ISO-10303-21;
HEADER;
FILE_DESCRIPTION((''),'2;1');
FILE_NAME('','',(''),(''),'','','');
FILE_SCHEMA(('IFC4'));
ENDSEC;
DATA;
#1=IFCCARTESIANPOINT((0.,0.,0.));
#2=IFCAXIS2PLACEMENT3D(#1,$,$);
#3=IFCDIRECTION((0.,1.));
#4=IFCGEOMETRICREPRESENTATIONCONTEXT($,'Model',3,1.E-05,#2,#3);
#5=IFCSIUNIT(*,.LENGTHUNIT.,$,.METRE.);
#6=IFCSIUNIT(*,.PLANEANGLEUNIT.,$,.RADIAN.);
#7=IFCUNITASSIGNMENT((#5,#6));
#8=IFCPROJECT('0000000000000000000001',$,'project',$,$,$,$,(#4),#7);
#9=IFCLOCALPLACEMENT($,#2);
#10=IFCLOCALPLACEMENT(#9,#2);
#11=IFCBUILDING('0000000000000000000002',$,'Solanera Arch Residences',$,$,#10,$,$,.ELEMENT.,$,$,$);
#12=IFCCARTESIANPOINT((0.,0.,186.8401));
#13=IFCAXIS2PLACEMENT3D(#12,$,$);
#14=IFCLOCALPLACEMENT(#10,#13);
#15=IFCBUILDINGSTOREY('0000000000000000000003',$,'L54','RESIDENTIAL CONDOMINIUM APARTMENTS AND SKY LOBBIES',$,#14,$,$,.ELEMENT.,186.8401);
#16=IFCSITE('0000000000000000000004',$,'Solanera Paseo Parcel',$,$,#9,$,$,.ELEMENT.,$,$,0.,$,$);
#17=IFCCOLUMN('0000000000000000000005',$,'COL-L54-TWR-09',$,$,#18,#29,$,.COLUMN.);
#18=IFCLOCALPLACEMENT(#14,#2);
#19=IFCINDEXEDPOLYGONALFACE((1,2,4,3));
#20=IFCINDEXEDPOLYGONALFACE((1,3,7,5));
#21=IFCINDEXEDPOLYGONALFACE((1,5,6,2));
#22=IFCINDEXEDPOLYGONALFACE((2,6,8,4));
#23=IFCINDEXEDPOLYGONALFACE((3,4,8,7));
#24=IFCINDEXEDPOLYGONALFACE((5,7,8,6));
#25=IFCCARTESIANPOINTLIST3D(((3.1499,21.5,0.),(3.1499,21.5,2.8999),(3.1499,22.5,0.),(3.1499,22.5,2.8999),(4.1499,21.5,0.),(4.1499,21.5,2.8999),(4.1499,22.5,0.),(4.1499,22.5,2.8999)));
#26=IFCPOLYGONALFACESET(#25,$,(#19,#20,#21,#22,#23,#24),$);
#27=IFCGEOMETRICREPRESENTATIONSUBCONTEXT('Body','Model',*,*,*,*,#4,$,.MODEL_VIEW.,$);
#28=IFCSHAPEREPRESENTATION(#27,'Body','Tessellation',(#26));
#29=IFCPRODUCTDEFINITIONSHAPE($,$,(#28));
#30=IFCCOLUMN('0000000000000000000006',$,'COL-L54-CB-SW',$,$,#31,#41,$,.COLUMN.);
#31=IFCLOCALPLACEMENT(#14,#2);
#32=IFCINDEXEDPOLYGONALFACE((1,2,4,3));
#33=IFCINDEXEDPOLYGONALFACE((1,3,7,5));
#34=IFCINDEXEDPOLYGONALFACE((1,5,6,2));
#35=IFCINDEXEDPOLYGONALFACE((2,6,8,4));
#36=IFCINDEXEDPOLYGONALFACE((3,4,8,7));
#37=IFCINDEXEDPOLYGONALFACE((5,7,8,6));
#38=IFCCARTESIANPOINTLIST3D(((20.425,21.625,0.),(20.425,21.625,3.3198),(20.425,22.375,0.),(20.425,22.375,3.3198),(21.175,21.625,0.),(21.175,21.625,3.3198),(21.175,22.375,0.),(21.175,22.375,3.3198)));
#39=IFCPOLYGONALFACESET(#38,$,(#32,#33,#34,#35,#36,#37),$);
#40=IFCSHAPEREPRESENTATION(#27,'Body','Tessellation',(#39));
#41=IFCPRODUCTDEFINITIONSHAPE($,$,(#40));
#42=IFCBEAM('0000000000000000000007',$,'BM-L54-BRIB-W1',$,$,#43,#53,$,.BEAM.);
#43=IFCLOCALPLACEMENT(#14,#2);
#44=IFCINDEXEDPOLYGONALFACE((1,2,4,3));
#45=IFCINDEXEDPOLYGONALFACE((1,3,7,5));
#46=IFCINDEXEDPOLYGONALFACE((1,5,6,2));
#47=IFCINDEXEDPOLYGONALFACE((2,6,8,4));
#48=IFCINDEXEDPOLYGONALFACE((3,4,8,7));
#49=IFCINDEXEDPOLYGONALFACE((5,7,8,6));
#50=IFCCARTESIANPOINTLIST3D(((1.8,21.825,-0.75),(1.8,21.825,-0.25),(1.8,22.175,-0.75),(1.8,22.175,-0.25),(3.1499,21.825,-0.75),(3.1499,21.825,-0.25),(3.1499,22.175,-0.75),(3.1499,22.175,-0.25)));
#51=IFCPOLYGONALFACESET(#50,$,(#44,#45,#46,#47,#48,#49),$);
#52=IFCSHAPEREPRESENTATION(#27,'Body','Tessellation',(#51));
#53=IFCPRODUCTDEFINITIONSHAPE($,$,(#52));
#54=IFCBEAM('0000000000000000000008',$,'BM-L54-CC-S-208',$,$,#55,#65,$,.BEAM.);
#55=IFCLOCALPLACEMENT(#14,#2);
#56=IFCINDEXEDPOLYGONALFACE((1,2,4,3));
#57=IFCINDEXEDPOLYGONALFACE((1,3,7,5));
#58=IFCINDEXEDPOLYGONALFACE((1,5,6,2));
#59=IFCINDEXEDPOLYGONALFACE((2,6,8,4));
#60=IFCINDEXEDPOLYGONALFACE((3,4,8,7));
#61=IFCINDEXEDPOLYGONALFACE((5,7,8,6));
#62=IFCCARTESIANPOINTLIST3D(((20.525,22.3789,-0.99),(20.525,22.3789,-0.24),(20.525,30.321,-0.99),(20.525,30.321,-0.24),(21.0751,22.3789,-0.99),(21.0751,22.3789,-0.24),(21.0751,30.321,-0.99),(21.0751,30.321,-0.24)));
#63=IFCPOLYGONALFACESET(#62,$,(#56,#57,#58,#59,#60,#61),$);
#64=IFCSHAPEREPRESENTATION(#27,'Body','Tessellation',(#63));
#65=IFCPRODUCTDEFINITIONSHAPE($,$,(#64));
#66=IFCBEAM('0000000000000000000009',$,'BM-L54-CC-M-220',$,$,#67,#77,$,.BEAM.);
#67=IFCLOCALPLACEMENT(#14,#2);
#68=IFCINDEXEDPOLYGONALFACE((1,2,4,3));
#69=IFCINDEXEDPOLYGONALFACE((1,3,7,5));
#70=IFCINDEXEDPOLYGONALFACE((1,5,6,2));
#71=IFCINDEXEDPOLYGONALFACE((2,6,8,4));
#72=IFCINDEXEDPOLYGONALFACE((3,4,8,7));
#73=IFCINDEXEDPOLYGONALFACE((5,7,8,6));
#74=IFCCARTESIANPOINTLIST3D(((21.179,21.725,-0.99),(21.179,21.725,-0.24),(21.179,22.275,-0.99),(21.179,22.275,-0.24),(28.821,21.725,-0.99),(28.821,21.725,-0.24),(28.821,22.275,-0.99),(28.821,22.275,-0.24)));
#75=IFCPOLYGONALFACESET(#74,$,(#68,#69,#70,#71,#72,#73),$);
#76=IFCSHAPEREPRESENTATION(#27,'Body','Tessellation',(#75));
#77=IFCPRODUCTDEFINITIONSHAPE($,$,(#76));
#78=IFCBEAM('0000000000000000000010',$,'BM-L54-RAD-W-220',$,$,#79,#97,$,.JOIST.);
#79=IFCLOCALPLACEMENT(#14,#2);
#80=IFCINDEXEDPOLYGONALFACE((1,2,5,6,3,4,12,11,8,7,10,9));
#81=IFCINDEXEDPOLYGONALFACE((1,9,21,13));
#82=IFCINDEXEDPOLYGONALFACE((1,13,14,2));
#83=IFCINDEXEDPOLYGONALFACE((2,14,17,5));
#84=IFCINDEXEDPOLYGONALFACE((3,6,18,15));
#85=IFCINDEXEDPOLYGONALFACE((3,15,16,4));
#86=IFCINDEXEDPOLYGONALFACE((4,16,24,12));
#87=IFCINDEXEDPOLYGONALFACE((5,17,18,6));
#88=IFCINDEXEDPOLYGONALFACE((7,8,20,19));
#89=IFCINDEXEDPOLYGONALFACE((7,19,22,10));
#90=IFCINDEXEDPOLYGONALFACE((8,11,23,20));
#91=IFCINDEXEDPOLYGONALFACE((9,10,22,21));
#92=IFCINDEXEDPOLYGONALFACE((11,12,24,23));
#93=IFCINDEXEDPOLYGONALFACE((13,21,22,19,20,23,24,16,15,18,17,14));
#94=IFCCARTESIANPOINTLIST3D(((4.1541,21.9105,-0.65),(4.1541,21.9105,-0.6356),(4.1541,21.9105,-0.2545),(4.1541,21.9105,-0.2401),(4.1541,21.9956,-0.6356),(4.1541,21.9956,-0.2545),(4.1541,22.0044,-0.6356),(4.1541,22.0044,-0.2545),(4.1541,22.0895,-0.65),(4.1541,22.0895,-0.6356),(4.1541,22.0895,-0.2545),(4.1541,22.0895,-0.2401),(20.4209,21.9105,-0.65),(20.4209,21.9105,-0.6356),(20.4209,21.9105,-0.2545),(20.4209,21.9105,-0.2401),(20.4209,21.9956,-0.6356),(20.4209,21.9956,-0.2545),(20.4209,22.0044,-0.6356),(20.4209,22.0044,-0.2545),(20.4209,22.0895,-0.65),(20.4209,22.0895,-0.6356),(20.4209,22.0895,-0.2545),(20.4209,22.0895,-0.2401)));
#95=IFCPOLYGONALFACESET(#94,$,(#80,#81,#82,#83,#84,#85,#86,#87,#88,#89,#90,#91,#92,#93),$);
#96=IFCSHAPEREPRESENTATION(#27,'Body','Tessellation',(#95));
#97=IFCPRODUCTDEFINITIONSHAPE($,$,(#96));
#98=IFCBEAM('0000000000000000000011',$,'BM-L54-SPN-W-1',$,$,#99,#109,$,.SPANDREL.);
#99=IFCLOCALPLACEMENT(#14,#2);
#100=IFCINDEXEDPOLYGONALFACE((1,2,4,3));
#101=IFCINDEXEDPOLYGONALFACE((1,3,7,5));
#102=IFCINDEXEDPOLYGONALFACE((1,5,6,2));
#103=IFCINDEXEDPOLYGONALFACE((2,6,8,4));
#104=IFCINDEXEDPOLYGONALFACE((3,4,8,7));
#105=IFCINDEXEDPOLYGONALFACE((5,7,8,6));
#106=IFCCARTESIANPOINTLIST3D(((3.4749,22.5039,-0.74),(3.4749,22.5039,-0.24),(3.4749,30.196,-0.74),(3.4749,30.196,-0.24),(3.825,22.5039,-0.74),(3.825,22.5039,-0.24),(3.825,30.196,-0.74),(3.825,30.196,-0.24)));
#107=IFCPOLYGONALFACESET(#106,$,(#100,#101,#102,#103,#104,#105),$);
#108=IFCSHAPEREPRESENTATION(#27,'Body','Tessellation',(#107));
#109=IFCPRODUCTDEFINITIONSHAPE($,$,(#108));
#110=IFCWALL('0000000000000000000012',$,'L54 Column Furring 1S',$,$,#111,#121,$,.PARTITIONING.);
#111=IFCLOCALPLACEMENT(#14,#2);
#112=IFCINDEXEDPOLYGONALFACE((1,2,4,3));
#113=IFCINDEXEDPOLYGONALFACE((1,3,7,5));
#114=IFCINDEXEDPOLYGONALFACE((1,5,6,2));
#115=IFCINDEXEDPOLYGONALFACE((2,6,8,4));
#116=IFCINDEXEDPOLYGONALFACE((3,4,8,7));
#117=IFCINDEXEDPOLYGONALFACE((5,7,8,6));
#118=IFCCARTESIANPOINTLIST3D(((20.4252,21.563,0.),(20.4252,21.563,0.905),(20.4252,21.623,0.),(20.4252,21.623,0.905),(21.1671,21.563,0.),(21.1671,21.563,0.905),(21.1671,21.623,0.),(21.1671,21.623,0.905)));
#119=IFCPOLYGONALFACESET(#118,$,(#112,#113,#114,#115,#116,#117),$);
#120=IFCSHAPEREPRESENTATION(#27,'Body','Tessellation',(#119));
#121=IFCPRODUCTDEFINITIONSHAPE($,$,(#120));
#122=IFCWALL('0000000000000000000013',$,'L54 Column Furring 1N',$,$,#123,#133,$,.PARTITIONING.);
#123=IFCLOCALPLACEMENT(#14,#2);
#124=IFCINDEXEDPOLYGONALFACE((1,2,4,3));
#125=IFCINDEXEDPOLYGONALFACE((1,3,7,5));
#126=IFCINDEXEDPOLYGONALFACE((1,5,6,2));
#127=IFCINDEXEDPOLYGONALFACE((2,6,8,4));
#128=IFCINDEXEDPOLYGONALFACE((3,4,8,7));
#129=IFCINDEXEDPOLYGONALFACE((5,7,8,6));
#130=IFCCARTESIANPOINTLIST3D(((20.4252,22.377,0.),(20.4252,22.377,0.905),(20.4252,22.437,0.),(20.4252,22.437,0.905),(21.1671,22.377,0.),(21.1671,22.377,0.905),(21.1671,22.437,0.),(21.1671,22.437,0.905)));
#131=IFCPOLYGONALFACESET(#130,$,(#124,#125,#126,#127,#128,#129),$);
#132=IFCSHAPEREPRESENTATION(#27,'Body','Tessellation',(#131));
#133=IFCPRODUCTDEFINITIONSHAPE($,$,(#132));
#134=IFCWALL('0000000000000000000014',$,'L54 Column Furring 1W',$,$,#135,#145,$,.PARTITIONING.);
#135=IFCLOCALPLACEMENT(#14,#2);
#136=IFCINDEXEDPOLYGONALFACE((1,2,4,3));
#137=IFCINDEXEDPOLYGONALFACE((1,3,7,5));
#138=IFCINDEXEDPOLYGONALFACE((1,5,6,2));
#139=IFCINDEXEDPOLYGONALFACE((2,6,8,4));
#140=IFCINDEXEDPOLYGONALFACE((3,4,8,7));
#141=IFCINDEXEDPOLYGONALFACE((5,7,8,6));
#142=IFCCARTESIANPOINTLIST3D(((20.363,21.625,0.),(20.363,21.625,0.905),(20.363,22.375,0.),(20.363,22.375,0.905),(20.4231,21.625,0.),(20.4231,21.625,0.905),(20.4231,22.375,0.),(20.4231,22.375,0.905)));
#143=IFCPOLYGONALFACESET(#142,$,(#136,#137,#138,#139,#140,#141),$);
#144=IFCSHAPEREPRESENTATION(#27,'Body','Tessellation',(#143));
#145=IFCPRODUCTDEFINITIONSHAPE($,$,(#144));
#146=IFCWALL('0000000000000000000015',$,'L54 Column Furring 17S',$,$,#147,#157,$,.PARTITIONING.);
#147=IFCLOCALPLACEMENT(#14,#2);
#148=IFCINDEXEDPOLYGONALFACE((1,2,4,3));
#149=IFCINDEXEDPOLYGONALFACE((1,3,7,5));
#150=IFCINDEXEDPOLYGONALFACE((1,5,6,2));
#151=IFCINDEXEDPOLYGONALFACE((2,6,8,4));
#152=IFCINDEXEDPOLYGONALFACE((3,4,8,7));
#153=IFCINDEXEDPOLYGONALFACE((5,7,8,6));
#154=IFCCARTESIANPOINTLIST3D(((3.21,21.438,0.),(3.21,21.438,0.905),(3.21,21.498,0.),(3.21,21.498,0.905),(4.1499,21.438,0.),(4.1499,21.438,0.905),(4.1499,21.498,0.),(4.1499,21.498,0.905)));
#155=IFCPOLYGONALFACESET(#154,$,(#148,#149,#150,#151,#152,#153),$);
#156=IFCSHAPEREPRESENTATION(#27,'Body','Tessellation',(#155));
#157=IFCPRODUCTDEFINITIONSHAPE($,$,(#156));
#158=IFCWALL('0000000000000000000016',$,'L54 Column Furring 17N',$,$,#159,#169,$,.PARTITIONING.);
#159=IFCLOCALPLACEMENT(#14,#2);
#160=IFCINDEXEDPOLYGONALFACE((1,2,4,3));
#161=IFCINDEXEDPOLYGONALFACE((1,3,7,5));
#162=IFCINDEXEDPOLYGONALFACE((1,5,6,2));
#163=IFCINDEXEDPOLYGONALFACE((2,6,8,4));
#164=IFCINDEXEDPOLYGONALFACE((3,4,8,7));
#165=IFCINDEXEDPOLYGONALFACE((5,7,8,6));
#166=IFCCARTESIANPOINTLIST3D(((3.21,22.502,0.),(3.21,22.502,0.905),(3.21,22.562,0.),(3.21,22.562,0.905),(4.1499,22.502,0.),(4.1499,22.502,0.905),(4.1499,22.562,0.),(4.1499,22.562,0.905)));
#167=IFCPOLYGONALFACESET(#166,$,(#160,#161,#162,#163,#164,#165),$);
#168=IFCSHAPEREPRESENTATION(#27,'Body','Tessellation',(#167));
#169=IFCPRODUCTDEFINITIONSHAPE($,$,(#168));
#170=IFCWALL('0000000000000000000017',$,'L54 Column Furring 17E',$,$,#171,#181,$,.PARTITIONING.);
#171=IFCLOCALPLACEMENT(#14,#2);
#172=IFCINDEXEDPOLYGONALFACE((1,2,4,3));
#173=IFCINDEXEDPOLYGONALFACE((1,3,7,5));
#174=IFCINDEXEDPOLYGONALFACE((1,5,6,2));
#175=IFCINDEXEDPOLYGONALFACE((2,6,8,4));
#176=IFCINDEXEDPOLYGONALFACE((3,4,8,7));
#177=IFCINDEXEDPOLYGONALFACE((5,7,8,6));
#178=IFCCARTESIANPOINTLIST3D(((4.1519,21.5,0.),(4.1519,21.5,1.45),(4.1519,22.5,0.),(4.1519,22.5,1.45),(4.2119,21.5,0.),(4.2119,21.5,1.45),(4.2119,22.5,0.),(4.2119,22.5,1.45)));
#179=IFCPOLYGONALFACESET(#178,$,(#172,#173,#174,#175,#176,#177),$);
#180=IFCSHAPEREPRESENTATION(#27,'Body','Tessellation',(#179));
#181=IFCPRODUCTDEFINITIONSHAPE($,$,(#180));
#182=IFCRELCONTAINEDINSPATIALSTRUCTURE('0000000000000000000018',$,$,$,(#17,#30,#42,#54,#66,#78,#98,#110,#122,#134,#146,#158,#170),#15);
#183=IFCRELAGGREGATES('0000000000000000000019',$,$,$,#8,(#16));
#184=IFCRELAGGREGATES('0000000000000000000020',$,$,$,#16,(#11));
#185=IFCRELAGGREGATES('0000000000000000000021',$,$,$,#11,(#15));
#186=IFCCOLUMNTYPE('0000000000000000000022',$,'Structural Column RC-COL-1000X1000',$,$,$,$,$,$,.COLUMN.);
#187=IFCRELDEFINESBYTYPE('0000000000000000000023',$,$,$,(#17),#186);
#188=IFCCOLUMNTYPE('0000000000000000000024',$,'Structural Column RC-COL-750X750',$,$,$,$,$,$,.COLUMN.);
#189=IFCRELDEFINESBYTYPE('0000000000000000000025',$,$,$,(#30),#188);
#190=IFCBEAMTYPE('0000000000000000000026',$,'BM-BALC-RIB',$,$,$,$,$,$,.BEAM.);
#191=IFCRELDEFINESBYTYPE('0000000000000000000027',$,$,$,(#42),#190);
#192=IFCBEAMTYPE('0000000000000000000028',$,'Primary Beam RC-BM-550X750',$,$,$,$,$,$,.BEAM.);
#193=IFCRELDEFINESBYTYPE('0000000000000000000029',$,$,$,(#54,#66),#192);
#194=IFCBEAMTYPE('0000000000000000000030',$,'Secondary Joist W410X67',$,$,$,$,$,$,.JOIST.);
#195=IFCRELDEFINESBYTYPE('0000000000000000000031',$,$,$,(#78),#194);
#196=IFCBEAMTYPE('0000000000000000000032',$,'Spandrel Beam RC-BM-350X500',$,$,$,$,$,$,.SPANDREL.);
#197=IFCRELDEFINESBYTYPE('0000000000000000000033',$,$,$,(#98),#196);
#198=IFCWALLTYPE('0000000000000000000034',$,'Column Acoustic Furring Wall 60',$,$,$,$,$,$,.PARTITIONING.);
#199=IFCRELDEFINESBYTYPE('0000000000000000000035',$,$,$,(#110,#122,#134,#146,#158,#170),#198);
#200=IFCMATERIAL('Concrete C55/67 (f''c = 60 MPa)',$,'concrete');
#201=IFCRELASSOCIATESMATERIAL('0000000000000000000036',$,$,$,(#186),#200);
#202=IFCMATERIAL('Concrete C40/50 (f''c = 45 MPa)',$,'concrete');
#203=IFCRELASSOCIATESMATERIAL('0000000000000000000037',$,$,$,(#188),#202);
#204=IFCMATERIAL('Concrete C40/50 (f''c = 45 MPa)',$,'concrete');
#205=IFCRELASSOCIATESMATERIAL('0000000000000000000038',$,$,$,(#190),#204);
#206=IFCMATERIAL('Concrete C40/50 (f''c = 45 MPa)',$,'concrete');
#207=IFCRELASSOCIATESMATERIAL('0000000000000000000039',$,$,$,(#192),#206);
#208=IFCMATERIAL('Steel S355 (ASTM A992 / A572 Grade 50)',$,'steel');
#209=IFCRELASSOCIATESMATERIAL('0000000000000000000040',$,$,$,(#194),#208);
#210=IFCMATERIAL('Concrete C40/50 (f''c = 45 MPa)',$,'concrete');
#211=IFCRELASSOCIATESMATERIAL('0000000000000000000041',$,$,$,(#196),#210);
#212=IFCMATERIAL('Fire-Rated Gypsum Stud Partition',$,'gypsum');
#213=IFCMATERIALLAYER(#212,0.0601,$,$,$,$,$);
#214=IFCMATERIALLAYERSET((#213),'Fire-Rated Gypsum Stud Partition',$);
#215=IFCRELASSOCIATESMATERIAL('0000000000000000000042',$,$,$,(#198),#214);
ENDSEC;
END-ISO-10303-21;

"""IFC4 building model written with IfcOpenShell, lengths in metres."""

from ifc_helpers import new_model, si_unit, direction, frame, frame_2d, origin, origin_2d, place, context, subcontext, project, spatial, rectangle, i_section, extrude, material, layer, layer_set, material_profile, profile_set, type_object, element, save


model = new_model("IFC4")

# Units and contexts
model_context = context("Model", 3, precision=1e-05, world=origin(), true_north=direction((0.0, 1.0)))
body_context = subcontext(model_context, "Body", "Model", "MODEL_VIEW")
ifc_project = project(units=[si_unit("LENGTHUNIT", "METRE"), si_unit("PLANEANGLEUNIT", "RADIAN")], contexts=[model_context])

# Site, building, storey
site_placement = place(None, origin())
site = spatial("IfcSite", under=ifc_project, at=site_placement, Name="Solanera Paseo Parcel", CompositionType="ELEMENT", RefElevation=0.0)
building_placement = place(site_placement, origin())
building = spatial("IfcBuilding", under=site, at=building_placement, Name="Solanera Arch Residences", CompositionType="ELEMENT")
storey_placement = place(building_placement, frame((0.0, 0.0, 186.8401)))
storey = spatial("IfcBuildingStorey", under=building, at=storey_placement, Name="L54", Description="RESIDENTIAL CONDOMINIUM APARTMENTS AND SKY LOBBIES", CompositionType="ELEMENT", Elevation=186.8401)

# Columns
ifc_material_1 = material(Name="Concrete C55/67 (f'c = 60 MPa)", Category="concrete")
ifc_material_profile_1 = material_profile(ifc_material_1, rectangle(XDim=1.0, YDim=1.0, at=origin_2d()))
ifc_profile_set_1 = profile_set([ifc_material_profile_1], Name="Concrete C55/67 (f'c = 60 MPa)")
column_type_1 = type_object("IfcColumnType", Name="Structural Column RC-COL-1000X1000", PredefinedType="COLUMN", material=ifc_profile_set_1)
column_1_placement = place(storey_placement, frame((3.6499, 22.0, 0.0), z_axis=(0.0, 0.0, 1.0), x_axis=(1.0, 0.0, 0.0)))
element("IfcColumn", 1, at=column_1_placement, inside=storey, type_object=column_type_1, Name="COL-L54-TWR-09", PredefinedType="COLUMN", context=body_context, shape_type="SweptSolid", body=[
    extrude(rectangle(XDim=1.0, YDim=1.0, at=origin_2d()), origin(), (0.0, 0.0, 1.0), 2.8999),
])
ifc_material_2 = material(Name="Concrete C40/50 (f'c = 45 MPa)", Category="concrete")
ifc_material_profile_2 = material_profile(ifc_material_2, rectangle(XDim=0.75, YDim=0.75, at=origin_2d()))
ifc_profile_set_2 = profile_set([ifc_material_profile_2], Name="Concrete C40/50 (f'c = 45 MPa)")
column_type_2 = type_object("IfcColumnType", Name="Structural Column RC-COL-750X750", PredefinedType="COLUMN", material=ifc_profile_set_2)
column_2_placement = place(storey_placement, frame((20.8, 22.0, 0.0), z_axis=(0.0, 0.0, 1.0), x_axis=(1.0, 0.0, 0.0)))
element("IfcColumn", 2, at=column_2_placement, inside=storey, type_object=column_type_2, Name="COL-L54-CB-SW", PredefinedType="COLUMN", context=body_context, shape_type="SweptSolid", body=[
    extrude(rectangle(XDim=0.75, YDim=0.75, at=origin_2d()), origin(), (0.0, 0.0, 1.0), 3.3198),
])

# Beams
ifc_material_3 = material(Name="Concrete C40/50 (f'c = 45 MPa)", Category="concrete")
ifc_material_profile_3 = material_profile(ifc_material_3, rectangle(XDim=0.3501, YDim=0.5, at=origin_2d()))
ifc_profile_set_3 = profile_set([ifc_material_profile_3], Name="Concrete C40/50 (f'c = 45 MPa)")
beam_type_1 = type_object("IfcBeamType", Name="BM-BALC-RIB", PredefinedType="BEAM", material=ifc_profile_set_3)
beam_1_placement = place(storey_placement, frame((1.8, 22.0, -0.5), z_axis=(1.0, 0.0, 0.0), x_axis=(0.0, 1.0, 0.0)))
element("IfcBeam", 3, at=beam_1_placement, inside=storey, type_object=beam_type_1, Name="BM-L54-BRIB-W1", PredefinedType="BEAM", context=body_context, shape_type="SweptSolid", body=[
    extrude(rectangle(XDim=0.3501, YDim=0.5, at=origin_2d()), origin(), (0.0, 0.0, 1.0), 1.3499),
])
ifc_material_4 = material(Name="Concrete C40/50 (f'c = 45 MPa)", Category="concrete")
ifc_material_profile_4 = material_profile(ifc_material_4, rectangle(XDim=0.55, YDim=0.75, at=origin_2d()))
ifc_profile_set_4 = profile_set([ifc_material_profile_4], Name="Concrete C40/50 (f'c = 45 MPa)")
beam_type_2 = type_object("IfcBeamType", Name="Primary Beam RC-BM-550X750", PredefinedType="BEAM", material=ifc_profile_set_4)
beam_2_placement = place(storey_placement, frame((20.8, 22.3789, -0.615), z_axis=(0.0, 1.0, 0.0), x_axis=(-1.0, 0.0, 0.0)))
element("IfcBeam", 4, at=beam_2_placement, inside=storey, type_object=beam_type_2, Name="BM-L54-CC-S-208", PredefinedType="BEAM", context=body_context, shape_type="SweptSolid", body=[
    extrude(rectangle(XDim=0.55, YDim=0.75, at=origin_2d()), origin(), (0.0, 0.0, 1.0), 7.9421),
])
beam_3_placement = place(storey_placement, frame((21.179, 22.0, -0.615), z_axis=(1.0, 0.0, 0.0), x_axis=(0.0, 1.0, 0.0)))
element("IfcBeam", 5, at=beam_3_placement, inside=storey, type_object=beam_type_2, Name="BM-L54-CC-M-220", PredefinedType="BEAM", context=body_context, shape_type="SweptSolid", body=[
    extrude(rectangle(XDim=0.55, YDim=0.75, at=origin_2d()), origin(), (0.0, 0.0, 1.0), 7.6421),
])
ifc_material_5 = material(Name="Steel S355 (ASTM A992 / A572 Grade 50)", Category="steel")
ifc_material_profile_5 = material_profile(ifc_material_5, i_section(OverallWidth=0.179, OverallDepth=0.4099, WebThickness=0.0088, FlangeThickness=0.0144, at=origin_2d()))
ifc_profile_set_5 = profile_set([ifc_material_profile_5], Name="Steel S355 (ASTM A992 / A572 Grade 50)")
beam_type_3 = type_object("IfcBeamType", Name="Secondary Joist W410X67", PredefinedType="JOIST", material=ifc_profile_set_5)
beam_4_placement = place(storey_placement, frame((4.1541, 22.0, -0.4451), z_axis=(1.0, 0.0, 0.0), x_axis=(0.0, 1.0, 0.0)))
element("IfcBeam", 6, at=beam_4_placement, inside=storey, type_object=beam_type_3, Name="BM-L54-RAD-W-220", PredefinedType="JOIST", context=body_context, shape_type="SweptSolid", body=[
    extrude(i_section(OverallWidth=0.179, OverallDepth=0.4099, WebThickness=0.0088, FlangeThickness=0.0144, at=origin_2d()), origin(), (0.0, 0.0, 1.0), 16.2668),
])
ifc_material_6 = material(Name="Concrete C40/50 (f'c = 45 MPa)", Category="concrete")
ifc_material_profile_6 = material_profile(ifc_material_6, rectangle(XDim=0.3501, YDim=0.5, at=origin_2d()))
ifc_profile_set_6 = profile_set([ifc_material_profile_6], Name="Concrete C40/50 (f'c = 45 MPa)")
beam_type_4 = type_object("IfcBeamType", Name="Spandrel Beam RC-BM-350X500", PredefinedType="SPANDREL", material=ifc_profile_set_6)
beam_5_placement = place(storey_placement, frame((3.6499, 22.5039, -0.49), z_axis=(0.0, 1.0, 0.0), x_axis=(-1.0, 0.0, 0.0)))
element("IfcBeam", 7, at=beam_5_placement, inside=storey, type_object=beam_type_4, Name="BM-L54-SPN-W-1", PredefinedType="SPANDREL", context=body_context, shape_type="SweptSolid", body=[
    extrude(rectangle(XDim=0.3501, YDim=0.5, at=origin_2d()), origin(), (0.0, 0.0, 1.0), 7.6921),
])

# Walls
ifc_material_7 = material(Name="Fire-Rated Gypsum Stud Partition", Category="gypsum")
ifc_layer_1 = layer(ifc_material_7, 0.0601)
ifc_layer_set_1 = layer_set([ifc_layer_1], Name="Fire-Rated Gypsum Stud Partition")
wall_type_1 = type_object("IfcWallType", Name="Column Acoustic Furring Wall 60", PredefinedType="PARTITIONING", material=ifc_layer_set_1)
for number, where, z_axis, x_axis, name in (
    (8, (20.425, 21.593, 0.0), (0.0, 0.0, 1.0), (1.0, 0.0, 0.0), "L54 Column Furring 1S"),
    (9, (20.425, 22.407, 0.0), (0.0, 0.0, 1.0), (1.0, 0.0, 0.0), "L54 Column Furring 1N"),
):
    element("IfcWall", number, at=place(storey_placement, frame(where, z_axis=z_axis, x_axis=x_axis)), inside=storey, type_object=wall_type_1, Name=name, PredefinedType="PARTITIONING", context=body_context, shape_type="SweptSolid", body=[
        extrude(rectangle(XDim=0.7419, YDim=0.0601, at=frame_2d((0.3711, 0.0))), origin(), (0.0, 0.0, 1.0), 0.905),
    ])
wall_1_placement = place(storey_placement, frame((20.3931, 21.625, 0.0), z_axis=(0.0, 0.0, 1.0), x_axis=(0.0, 1.0, 0.0)))
element("IfcWall", 10, at=wall_1_placement, inside=storey, type_object=wall_type_1, Name="L54 Column Furring 1W", PredefinedType="PARTITIONING", context=body_context, shape_type="SweptSolid", body=[
    extrude(rectangle(XDim=0.75, YDim=0.0601, at=frame_2d((0.375, 0.0))), origin(), (0.0, 0.0, 1.0), 0.905),
])
for number, where, z_axis, x_axis, name in (
    (11, (3.21, 21.468, 0.0), (0.0, 0.0, 1.0), (1.0, 0.0, 0.0), "L54 Column Furring 17S"),
    (12, (3.21, 22.532, 0.0), (0.0, 0.0, 1.0), (1.0, 0.0, 0.0), "L54 Column Furring 17N"),
):
    element("IfcWall", number, at=place(storey_placement, frame(where, z_axis=z_axis, x_axis=x_axis)), inside=storey, type_object=wall_type_1, Name=name, PredefinedType="PARTITIONING", context=body_context, shape_type="SweptSolid", body=[
        extrude(rectangle(XDim=0.9399, YDim=0.0601, at=frame_2d((0.47, 0.0))), origin(), (0.0, 0.0, 1.0), 0.905),
    ])
wall_2_placement = place(storey_placement, frame((4.1819, 21.5, 0.0), z_axis=(0.0, 0.0, 1.0), x_axis=(0.0, 1.0, 0.0)))
element("IfcWall", 13, at=wall_2_placement, inside=storey, type_object=wall_type_1, Name="L54 Column Furring 17E", PredefinedType="PARTITIONING", context=body_context, shape_type="SweptSolid", body=[
    extrude(rectangle(XDim=1.0, YDim=0.0601, at=frame_2d((0.5, 0.0))), origin(), (0.0, 0.0, 1.0), 1.45),
])

save(model, "model.ifc")
